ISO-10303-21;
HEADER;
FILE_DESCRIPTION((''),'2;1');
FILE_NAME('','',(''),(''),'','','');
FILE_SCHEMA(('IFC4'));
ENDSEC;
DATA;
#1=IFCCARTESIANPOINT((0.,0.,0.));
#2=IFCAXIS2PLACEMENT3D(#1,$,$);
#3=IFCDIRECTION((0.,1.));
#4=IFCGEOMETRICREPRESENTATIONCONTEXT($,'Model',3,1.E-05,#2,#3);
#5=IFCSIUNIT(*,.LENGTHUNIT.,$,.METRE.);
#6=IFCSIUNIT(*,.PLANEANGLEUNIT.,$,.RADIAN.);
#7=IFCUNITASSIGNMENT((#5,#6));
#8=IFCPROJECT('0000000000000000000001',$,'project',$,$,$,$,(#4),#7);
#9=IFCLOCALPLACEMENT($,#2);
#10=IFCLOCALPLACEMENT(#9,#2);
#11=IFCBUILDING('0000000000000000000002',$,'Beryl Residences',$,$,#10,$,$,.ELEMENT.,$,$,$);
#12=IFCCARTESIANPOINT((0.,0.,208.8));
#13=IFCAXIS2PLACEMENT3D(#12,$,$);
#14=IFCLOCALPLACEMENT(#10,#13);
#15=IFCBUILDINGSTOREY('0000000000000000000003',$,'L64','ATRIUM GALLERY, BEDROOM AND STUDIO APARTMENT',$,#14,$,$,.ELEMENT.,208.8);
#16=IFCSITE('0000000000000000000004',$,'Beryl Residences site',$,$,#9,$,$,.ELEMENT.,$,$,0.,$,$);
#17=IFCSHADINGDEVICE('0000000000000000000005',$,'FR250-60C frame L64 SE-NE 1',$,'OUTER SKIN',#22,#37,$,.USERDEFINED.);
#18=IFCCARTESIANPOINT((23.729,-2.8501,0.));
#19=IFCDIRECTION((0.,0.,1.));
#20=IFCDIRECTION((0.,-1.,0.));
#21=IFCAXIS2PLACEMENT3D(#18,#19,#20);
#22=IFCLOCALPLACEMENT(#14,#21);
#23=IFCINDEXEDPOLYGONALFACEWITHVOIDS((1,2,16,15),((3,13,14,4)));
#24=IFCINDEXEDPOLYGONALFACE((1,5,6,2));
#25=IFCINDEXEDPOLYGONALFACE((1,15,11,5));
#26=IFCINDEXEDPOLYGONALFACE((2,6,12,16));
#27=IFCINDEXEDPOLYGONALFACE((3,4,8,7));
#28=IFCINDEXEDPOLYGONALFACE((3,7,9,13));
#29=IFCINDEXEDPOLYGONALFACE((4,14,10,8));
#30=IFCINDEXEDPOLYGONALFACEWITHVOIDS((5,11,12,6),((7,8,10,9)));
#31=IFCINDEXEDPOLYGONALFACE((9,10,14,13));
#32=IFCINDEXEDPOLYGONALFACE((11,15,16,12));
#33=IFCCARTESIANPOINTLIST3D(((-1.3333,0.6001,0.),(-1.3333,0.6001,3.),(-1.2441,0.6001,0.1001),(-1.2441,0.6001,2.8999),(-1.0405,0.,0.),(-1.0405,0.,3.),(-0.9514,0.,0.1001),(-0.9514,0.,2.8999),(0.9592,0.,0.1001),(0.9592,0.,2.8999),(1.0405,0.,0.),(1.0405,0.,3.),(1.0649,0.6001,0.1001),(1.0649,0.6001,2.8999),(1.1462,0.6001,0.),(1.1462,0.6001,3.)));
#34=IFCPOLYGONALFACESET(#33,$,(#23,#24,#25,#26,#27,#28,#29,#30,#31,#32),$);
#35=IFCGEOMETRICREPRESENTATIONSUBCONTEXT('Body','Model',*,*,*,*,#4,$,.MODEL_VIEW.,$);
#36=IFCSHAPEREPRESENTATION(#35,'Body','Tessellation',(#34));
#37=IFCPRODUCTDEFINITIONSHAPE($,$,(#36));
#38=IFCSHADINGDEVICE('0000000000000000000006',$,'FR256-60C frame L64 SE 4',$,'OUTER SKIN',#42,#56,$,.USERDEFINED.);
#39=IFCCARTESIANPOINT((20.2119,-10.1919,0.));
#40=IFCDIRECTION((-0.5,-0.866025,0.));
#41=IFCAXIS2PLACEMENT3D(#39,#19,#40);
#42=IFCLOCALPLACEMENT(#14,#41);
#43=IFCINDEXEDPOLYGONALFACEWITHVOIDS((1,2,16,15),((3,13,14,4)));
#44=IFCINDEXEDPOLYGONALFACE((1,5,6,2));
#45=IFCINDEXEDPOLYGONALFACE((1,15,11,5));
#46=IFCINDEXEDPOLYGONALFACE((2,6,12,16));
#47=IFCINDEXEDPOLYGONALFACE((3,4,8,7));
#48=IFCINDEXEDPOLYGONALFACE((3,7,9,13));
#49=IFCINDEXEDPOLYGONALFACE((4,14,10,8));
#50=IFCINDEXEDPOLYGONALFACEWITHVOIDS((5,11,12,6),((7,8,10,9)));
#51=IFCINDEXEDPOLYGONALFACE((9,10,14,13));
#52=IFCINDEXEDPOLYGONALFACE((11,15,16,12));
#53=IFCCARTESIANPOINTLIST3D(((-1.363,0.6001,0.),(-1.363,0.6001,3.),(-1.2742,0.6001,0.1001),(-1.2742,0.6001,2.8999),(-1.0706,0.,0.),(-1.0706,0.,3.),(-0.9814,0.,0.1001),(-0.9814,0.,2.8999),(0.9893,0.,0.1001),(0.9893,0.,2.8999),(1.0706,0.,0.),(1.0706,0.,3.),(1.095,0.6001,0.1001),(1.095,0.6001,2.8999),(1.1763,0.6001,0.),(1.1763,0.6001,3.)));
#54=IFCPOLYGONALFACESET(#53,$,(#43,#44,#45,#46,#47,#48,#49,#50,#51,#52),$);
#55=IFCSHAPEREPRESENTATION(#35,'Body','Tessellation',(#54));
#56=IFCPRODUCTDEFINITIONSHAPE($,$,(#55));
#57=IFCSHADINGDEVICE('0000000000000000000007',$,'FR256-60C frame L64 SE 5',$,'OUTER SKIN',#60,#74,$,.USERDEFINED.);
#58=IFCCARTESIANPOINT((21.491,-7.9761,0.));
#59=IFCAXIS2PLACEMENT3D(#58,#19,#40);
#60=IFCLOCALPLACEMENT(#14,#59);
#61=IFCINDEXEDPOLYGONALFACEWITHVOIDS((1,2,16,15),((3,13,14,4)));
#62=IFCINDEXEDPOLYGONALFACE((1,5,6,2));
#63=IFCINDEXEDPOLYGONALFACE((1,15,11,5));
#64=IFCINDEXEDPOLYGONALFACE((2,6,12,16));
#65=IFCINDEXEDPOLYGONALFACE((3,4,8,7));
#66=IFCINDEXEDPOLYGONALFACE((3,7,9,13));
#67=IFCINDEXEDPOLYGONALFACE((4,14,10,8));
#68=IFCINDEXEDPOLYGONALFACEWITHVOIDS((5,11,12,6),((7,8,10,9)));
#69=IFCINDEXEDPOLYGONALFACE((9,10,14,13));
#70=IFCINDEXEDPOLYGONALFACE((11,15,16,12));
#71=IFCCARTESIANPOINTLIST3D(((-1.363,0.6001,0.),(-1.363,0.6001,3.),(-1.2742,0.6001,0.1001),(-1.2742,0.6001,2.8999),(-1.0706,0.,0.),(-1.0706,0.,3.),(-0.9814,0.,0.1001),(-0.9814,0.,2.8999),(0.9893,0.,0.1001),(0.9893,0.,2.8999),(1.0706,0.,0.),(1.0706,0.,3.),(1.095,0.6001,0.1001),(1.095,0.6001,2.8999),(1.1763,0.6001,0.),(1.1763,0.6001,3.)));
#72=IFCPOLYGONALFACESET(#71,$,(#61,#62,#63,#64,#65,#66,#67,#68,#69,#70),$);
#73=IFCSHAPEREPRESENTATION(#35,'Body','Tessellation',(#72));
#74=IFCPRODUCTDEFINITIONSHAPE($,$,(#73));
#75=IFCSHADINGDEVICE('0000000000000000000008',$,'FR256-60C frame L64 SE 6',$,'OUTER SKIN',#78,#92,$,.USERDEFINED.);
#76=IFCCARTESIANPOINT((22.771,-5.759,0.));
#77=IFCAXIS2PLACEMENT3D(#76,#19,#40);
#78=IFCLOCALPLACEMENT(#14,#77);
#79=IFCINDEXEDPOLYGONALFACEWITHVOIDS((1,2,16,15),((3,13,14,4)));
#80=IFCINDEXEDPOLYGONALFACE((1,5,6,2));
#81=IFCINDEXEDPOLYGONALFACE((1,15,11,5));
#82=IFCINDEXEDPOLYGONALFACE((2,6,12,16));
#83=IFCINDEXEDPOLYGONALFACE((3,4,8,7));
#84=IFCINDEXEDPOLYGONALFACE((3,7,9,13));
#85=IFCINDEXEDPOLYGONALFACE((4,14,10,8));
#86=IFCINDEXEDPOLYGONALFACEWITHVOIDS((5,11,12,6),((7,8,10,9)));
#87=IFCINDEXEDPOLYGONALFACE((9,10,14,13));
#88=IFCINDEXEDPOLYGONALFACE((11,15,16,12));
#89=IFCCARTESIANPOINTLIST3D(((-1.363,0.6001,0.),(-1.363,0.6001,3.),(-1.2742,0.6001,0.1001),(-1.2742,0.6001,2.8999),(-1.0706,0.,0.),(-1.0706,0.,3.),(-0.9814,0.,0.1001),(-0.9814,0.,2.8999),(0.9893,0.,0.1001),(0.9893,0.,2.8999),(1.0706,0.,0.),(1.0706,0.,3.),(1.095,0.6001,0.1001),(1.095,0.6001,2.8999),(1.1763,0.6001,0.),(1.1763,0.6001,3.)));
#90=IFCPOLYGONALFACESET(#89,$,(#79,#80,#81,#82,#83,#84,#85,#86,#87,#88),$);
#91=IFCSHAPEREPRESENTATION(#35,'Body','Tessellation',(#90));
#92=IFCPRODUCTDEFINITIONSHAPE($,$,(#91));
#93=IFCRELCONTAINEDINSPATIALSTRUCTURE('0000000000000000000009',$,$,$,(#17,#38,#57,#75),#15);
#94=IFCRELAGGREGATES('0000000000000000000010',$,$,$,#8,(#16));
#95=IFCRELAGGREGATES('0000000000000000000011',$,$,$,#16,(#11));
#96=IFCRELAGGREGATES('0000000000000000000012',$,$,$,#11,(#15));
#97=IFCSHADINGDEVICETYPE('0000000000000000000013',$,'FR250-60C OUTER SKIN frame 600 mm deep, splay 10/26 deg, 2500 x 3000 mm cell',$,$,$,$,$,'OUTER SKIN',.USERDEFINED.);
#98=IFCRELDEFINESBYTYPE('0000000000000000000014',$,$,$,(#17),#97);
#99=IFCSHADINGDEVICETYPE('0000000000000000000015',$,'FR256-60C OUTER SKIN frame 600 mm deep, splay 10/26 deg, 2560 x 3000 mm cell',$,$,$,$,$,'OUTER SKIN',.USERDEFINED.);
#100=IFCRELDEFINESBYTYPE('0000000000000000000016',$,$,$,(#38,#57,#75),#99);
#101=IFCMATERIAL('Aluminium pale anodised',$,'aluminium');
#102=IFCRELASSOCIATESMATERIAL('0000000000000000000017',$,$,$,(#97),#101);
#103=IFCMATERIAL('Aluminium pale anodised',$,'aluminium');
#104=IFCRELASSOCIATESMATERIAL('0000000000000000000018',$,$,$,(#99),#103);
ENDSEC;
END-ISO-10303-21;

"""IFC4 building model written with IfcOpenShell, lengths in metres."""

from ifc_helpers import new_model, entity, si_unit, direction, frame, origin, place, context, subcontext, project, spatial, source, transform, mapped, material, type_object, type_shapes, element, save


model = new_model("IFC4")

# Units and contexts
model_context = context("Model", 3, precision=1e-05, world=origin(), true_north=direction((0.0, 1.0)))
body_context = subcontext(model_context, "Body", "Model", "MODEL_VIEW")
ifc_project = project(units=[si_unit("LENGTHUNIT", "METRE"), si_unit("PLANEANGLEUNIT", "RADIAN")], contexts=[model_context])

# Site, building, storey
site_placement = place(None, origin())
site = spatial("IfcSite", under=ifc_project, at=site_placement, Name="Beryl Residences site", CompositionType="ELEMENT", RefElevation=0.0)
building_placement = place(site_placement, origin())
building = spatial("IfcBuilding", under=site, at=building_placement, Name="Beryl Residences", CompositionType="ELEMENT")
storey_placement = place(building_placement, frame((0.0, 0.0, 208.8)))
storey = spatial("IfcBuildingStorey", under=building, at=storey_placement, Name="L64", Description="ATRIUM GALLERY, BEDROOM AND STUDIO APARTMENT", CompositionType="ELEMENT", Elevation=208.8)

# Shading devices
ifc_material_1 = material(Name="Aluminium pale anodised", Category="aluminium")
shading_device_type_1 = type_object("IfcShadingDeviceType", Name="FR250-60C OUTER SKIN frame 600 mm deep, splay 10/26 deg, 2500 x 3000 mm cell", ElementType="OUTER SKIN", PredefinedType="USERDEFINED", material=ifc_material_1)
cartesian_point_1 = entity("IfcCartesianPoint", [-1.0405, 0.0])
cartesian_point_2 = entity("IfcCartesianPoint", [-0.9592, 0.1001])
cartesian_point_3 = entity("IfcCartesianPoint", [-1.1462, 0.0])
cartesian_point_4 = entity("IfcCartesianPoint", [-1.0649, 0.1001])
shared_shape_1 = source(origin(), body_context, "Body", "SweptSolid", [
    entity("IfcExtrudedAreaSolidTapered", entity("IfcArbitraryProfileDefWithVoids", "AREA", None, entity("IfcPolyline", [cartesian_point_1, entity("IfcCartesianPoint", [1.0405, 0.0]), entity("IfcCartesianPoint", [1.0405, 3.0]), entity("IfcCartesianPoint", [-1.0405, 3.0]), cartesian_point_1]), [entity("IfcPolyline", [cartesian_point_2, entity("IfcCartesianPoint", [0.9514, 0.1001]), entity("IfcCartesianPoint", [0.9514, 2.8999]), entity("IfcCartesianPoint", [-0.9592, 2.8999]), cartesian_point_2])]), entity("IfcAxis2Placement3D", entity("IfcCartesianPoint", [0.0, 0.0, 0.0]), entity("IfcDirection", [0.0, 1.0, 0.0]), entity("IfcDirection", [-1.0, 0.0, 0.0])), entity("IfcDirection", [0.0, 0.0, 1.0]), 0.6001, entity("IfcArbitraryProfileDefWithVoids", "AREA", None, entity("IfcPolyline", [cartesian_point_3, entity("IfcCartesianPoint", [1.3333, 0.0]), entity("IfcCartesianPoint", [1.3333, 3.0]), entity("IfcCartesianPoint", [-1.1462, 3.0]), cartesian_point_3]), [entity("IfcPolyline", [cartesian_point_4, entity("IfcCartesianPoint", [1.2441, 0.1001]), entity("IfcCartesianPoint", [1.2441, 2.8999]), entity("IfcCartesianPoint", [-1.0649, 2.8999]), cartesian_point_4])])),
])
type_shapes(shading_device_type_1, [shared_shape_1])
shading_device_placement = place(storey_placement, frame((23.729, -2.8501, 0.0), z_axis=(0.0, 0.0, 1.0), x_axis=(0.0, -1.0, 0.0)))
element("IfcShadingDevice", 1, at=shading_device_placement, inside=storey, type_object=shading_device_type_1, Name="FR250-60C frame L64 SE-NE 1", ObjectType="OUTER SKIN", PredefinedType="USERDEFINED", context=body_context, shape_type="MappedRepresentation", body=[
    mapped(shared_shape_1, transform((0.0, 0.0, 0.0))),
])
ifc_material_2 = material(Name="Aluminium pale anodised", Category="aluminium")
shading_device_type_2 = type_object("IfcShadingDeviceType", Name="FR256-60C OUTER SKIN frame 600 mm deep, splay 10/26 deg, 2560 x 3000 mm cell", ElementType="OUTER SKIN", PredefinedType="USERDEFINED", material=ifc_material_2)
cartesian_point_5 = entity("IfcCartesianPoint", [-1.0706, 0.0])
cartesian_point_6 = entity("IfcCartesianPoint", [-0.9893, 0.1001])
cartesian_point_7 = entity("IfcCartesianPoint", [-1.1763, 0.0])
cartesian_point_8 = entity("IfcCartesianPoint", [-1.095, 0.1001])
shared_shape_2 = source(origin(), body_context, "Body", "SweptSolid", [
    entity("IfcExtrudedAreaSolidTapered", entity("IfcArbitraryProfileDefWithVoids", "AREA", None, entity("IfcPolyline", [cartesian_point_5, entity("IfcCartesianPoint", [1.0706, 0.0]), entity("IfcCartesianPoint", [1.0706, 3.0]), entity("IfcCartesianPoint", [-1.0706, 3.0]), cartesian_point_5]), [entity("IfcPolyline", [cartesian_point_6, entity("IfcCartesianPoint", [0.9814, 0.1001]), entity("IfcCartesianPoint", [0.9814, 2.8999]), entity("IfcCartesianPoint", [-0.9893, 2.8999]), cartesian_point_6])]), entity("IfcAxis2Placement3D", entity("IfcCartesianPoint", [0.0, 0.0, 0.0]), entity("IfcDirection", [0.0, 1.0, 0.0]), entity("IfcDirection", [-1.0, 0.0, 0.0])), entity("IfcDirection", [0.0, 0.0, 1.0]), 0.6001, entity("IfcArbitraryProfileDefWithVoids", "AREA", None, entity("IfcPolyline", [cartesian_point_7, entity("IfcCartesianPoint", [1.363, 0.0]), entity("IfcCartesianPoint", [1.363, 3.0]), entity("IfcCartesianPoint", [-1.1763, 3.0]), cartesian_point_7]), [entity("IfcPolyline", [cartesian_point_8, entity("IfcCartesianPoint", [1.2742, 0.1001]), entity("IfcCartesianPoint", [1.2742, 2.8999]), entity("IfcCartesianPoint", [-1.095, 2.8999]), cartesian_point_8])])),
])
type_shapes(shading_device_type_2, [shared_shape_2])
for number, where, z_axis, x_axis, name in (
    (2, (20.2119, -10.1919, 0.0), (0.0, 0.0, 1.0), (-0.5, -0.866025, 0.0), "FR256-60C frame L64 SE 4"),
    (3, (21.491, -7.9761, 0.0), (0.0, 0.0, 1.0), (-0.5, -0.866025, 0.0), "FR256-60C frame L64 SE 5"),
    (4, (22.771, -5.759, 0.0), (0.0, 0.0, 1.0), (-0.5, -0.866025, 0.0), "FR256-60C frame L64 SE 6"),
):
    element("IfcShadingDevice", number, at=place(storey_placement, frame(where, z_axis=z_axis, x_axis=x_axis)), inside=storey, type_object=shading_device_type_2, Name=name, ObjectType="OUTER SKIN", PredefinedType="USERDEFINED", context=body_context, shape_type="MappedRepresentation", body=[
        mapped(shared_shape_2, transform((0.0, 0.0, 0.0))),
    ])

save(model, "model.ifc")
